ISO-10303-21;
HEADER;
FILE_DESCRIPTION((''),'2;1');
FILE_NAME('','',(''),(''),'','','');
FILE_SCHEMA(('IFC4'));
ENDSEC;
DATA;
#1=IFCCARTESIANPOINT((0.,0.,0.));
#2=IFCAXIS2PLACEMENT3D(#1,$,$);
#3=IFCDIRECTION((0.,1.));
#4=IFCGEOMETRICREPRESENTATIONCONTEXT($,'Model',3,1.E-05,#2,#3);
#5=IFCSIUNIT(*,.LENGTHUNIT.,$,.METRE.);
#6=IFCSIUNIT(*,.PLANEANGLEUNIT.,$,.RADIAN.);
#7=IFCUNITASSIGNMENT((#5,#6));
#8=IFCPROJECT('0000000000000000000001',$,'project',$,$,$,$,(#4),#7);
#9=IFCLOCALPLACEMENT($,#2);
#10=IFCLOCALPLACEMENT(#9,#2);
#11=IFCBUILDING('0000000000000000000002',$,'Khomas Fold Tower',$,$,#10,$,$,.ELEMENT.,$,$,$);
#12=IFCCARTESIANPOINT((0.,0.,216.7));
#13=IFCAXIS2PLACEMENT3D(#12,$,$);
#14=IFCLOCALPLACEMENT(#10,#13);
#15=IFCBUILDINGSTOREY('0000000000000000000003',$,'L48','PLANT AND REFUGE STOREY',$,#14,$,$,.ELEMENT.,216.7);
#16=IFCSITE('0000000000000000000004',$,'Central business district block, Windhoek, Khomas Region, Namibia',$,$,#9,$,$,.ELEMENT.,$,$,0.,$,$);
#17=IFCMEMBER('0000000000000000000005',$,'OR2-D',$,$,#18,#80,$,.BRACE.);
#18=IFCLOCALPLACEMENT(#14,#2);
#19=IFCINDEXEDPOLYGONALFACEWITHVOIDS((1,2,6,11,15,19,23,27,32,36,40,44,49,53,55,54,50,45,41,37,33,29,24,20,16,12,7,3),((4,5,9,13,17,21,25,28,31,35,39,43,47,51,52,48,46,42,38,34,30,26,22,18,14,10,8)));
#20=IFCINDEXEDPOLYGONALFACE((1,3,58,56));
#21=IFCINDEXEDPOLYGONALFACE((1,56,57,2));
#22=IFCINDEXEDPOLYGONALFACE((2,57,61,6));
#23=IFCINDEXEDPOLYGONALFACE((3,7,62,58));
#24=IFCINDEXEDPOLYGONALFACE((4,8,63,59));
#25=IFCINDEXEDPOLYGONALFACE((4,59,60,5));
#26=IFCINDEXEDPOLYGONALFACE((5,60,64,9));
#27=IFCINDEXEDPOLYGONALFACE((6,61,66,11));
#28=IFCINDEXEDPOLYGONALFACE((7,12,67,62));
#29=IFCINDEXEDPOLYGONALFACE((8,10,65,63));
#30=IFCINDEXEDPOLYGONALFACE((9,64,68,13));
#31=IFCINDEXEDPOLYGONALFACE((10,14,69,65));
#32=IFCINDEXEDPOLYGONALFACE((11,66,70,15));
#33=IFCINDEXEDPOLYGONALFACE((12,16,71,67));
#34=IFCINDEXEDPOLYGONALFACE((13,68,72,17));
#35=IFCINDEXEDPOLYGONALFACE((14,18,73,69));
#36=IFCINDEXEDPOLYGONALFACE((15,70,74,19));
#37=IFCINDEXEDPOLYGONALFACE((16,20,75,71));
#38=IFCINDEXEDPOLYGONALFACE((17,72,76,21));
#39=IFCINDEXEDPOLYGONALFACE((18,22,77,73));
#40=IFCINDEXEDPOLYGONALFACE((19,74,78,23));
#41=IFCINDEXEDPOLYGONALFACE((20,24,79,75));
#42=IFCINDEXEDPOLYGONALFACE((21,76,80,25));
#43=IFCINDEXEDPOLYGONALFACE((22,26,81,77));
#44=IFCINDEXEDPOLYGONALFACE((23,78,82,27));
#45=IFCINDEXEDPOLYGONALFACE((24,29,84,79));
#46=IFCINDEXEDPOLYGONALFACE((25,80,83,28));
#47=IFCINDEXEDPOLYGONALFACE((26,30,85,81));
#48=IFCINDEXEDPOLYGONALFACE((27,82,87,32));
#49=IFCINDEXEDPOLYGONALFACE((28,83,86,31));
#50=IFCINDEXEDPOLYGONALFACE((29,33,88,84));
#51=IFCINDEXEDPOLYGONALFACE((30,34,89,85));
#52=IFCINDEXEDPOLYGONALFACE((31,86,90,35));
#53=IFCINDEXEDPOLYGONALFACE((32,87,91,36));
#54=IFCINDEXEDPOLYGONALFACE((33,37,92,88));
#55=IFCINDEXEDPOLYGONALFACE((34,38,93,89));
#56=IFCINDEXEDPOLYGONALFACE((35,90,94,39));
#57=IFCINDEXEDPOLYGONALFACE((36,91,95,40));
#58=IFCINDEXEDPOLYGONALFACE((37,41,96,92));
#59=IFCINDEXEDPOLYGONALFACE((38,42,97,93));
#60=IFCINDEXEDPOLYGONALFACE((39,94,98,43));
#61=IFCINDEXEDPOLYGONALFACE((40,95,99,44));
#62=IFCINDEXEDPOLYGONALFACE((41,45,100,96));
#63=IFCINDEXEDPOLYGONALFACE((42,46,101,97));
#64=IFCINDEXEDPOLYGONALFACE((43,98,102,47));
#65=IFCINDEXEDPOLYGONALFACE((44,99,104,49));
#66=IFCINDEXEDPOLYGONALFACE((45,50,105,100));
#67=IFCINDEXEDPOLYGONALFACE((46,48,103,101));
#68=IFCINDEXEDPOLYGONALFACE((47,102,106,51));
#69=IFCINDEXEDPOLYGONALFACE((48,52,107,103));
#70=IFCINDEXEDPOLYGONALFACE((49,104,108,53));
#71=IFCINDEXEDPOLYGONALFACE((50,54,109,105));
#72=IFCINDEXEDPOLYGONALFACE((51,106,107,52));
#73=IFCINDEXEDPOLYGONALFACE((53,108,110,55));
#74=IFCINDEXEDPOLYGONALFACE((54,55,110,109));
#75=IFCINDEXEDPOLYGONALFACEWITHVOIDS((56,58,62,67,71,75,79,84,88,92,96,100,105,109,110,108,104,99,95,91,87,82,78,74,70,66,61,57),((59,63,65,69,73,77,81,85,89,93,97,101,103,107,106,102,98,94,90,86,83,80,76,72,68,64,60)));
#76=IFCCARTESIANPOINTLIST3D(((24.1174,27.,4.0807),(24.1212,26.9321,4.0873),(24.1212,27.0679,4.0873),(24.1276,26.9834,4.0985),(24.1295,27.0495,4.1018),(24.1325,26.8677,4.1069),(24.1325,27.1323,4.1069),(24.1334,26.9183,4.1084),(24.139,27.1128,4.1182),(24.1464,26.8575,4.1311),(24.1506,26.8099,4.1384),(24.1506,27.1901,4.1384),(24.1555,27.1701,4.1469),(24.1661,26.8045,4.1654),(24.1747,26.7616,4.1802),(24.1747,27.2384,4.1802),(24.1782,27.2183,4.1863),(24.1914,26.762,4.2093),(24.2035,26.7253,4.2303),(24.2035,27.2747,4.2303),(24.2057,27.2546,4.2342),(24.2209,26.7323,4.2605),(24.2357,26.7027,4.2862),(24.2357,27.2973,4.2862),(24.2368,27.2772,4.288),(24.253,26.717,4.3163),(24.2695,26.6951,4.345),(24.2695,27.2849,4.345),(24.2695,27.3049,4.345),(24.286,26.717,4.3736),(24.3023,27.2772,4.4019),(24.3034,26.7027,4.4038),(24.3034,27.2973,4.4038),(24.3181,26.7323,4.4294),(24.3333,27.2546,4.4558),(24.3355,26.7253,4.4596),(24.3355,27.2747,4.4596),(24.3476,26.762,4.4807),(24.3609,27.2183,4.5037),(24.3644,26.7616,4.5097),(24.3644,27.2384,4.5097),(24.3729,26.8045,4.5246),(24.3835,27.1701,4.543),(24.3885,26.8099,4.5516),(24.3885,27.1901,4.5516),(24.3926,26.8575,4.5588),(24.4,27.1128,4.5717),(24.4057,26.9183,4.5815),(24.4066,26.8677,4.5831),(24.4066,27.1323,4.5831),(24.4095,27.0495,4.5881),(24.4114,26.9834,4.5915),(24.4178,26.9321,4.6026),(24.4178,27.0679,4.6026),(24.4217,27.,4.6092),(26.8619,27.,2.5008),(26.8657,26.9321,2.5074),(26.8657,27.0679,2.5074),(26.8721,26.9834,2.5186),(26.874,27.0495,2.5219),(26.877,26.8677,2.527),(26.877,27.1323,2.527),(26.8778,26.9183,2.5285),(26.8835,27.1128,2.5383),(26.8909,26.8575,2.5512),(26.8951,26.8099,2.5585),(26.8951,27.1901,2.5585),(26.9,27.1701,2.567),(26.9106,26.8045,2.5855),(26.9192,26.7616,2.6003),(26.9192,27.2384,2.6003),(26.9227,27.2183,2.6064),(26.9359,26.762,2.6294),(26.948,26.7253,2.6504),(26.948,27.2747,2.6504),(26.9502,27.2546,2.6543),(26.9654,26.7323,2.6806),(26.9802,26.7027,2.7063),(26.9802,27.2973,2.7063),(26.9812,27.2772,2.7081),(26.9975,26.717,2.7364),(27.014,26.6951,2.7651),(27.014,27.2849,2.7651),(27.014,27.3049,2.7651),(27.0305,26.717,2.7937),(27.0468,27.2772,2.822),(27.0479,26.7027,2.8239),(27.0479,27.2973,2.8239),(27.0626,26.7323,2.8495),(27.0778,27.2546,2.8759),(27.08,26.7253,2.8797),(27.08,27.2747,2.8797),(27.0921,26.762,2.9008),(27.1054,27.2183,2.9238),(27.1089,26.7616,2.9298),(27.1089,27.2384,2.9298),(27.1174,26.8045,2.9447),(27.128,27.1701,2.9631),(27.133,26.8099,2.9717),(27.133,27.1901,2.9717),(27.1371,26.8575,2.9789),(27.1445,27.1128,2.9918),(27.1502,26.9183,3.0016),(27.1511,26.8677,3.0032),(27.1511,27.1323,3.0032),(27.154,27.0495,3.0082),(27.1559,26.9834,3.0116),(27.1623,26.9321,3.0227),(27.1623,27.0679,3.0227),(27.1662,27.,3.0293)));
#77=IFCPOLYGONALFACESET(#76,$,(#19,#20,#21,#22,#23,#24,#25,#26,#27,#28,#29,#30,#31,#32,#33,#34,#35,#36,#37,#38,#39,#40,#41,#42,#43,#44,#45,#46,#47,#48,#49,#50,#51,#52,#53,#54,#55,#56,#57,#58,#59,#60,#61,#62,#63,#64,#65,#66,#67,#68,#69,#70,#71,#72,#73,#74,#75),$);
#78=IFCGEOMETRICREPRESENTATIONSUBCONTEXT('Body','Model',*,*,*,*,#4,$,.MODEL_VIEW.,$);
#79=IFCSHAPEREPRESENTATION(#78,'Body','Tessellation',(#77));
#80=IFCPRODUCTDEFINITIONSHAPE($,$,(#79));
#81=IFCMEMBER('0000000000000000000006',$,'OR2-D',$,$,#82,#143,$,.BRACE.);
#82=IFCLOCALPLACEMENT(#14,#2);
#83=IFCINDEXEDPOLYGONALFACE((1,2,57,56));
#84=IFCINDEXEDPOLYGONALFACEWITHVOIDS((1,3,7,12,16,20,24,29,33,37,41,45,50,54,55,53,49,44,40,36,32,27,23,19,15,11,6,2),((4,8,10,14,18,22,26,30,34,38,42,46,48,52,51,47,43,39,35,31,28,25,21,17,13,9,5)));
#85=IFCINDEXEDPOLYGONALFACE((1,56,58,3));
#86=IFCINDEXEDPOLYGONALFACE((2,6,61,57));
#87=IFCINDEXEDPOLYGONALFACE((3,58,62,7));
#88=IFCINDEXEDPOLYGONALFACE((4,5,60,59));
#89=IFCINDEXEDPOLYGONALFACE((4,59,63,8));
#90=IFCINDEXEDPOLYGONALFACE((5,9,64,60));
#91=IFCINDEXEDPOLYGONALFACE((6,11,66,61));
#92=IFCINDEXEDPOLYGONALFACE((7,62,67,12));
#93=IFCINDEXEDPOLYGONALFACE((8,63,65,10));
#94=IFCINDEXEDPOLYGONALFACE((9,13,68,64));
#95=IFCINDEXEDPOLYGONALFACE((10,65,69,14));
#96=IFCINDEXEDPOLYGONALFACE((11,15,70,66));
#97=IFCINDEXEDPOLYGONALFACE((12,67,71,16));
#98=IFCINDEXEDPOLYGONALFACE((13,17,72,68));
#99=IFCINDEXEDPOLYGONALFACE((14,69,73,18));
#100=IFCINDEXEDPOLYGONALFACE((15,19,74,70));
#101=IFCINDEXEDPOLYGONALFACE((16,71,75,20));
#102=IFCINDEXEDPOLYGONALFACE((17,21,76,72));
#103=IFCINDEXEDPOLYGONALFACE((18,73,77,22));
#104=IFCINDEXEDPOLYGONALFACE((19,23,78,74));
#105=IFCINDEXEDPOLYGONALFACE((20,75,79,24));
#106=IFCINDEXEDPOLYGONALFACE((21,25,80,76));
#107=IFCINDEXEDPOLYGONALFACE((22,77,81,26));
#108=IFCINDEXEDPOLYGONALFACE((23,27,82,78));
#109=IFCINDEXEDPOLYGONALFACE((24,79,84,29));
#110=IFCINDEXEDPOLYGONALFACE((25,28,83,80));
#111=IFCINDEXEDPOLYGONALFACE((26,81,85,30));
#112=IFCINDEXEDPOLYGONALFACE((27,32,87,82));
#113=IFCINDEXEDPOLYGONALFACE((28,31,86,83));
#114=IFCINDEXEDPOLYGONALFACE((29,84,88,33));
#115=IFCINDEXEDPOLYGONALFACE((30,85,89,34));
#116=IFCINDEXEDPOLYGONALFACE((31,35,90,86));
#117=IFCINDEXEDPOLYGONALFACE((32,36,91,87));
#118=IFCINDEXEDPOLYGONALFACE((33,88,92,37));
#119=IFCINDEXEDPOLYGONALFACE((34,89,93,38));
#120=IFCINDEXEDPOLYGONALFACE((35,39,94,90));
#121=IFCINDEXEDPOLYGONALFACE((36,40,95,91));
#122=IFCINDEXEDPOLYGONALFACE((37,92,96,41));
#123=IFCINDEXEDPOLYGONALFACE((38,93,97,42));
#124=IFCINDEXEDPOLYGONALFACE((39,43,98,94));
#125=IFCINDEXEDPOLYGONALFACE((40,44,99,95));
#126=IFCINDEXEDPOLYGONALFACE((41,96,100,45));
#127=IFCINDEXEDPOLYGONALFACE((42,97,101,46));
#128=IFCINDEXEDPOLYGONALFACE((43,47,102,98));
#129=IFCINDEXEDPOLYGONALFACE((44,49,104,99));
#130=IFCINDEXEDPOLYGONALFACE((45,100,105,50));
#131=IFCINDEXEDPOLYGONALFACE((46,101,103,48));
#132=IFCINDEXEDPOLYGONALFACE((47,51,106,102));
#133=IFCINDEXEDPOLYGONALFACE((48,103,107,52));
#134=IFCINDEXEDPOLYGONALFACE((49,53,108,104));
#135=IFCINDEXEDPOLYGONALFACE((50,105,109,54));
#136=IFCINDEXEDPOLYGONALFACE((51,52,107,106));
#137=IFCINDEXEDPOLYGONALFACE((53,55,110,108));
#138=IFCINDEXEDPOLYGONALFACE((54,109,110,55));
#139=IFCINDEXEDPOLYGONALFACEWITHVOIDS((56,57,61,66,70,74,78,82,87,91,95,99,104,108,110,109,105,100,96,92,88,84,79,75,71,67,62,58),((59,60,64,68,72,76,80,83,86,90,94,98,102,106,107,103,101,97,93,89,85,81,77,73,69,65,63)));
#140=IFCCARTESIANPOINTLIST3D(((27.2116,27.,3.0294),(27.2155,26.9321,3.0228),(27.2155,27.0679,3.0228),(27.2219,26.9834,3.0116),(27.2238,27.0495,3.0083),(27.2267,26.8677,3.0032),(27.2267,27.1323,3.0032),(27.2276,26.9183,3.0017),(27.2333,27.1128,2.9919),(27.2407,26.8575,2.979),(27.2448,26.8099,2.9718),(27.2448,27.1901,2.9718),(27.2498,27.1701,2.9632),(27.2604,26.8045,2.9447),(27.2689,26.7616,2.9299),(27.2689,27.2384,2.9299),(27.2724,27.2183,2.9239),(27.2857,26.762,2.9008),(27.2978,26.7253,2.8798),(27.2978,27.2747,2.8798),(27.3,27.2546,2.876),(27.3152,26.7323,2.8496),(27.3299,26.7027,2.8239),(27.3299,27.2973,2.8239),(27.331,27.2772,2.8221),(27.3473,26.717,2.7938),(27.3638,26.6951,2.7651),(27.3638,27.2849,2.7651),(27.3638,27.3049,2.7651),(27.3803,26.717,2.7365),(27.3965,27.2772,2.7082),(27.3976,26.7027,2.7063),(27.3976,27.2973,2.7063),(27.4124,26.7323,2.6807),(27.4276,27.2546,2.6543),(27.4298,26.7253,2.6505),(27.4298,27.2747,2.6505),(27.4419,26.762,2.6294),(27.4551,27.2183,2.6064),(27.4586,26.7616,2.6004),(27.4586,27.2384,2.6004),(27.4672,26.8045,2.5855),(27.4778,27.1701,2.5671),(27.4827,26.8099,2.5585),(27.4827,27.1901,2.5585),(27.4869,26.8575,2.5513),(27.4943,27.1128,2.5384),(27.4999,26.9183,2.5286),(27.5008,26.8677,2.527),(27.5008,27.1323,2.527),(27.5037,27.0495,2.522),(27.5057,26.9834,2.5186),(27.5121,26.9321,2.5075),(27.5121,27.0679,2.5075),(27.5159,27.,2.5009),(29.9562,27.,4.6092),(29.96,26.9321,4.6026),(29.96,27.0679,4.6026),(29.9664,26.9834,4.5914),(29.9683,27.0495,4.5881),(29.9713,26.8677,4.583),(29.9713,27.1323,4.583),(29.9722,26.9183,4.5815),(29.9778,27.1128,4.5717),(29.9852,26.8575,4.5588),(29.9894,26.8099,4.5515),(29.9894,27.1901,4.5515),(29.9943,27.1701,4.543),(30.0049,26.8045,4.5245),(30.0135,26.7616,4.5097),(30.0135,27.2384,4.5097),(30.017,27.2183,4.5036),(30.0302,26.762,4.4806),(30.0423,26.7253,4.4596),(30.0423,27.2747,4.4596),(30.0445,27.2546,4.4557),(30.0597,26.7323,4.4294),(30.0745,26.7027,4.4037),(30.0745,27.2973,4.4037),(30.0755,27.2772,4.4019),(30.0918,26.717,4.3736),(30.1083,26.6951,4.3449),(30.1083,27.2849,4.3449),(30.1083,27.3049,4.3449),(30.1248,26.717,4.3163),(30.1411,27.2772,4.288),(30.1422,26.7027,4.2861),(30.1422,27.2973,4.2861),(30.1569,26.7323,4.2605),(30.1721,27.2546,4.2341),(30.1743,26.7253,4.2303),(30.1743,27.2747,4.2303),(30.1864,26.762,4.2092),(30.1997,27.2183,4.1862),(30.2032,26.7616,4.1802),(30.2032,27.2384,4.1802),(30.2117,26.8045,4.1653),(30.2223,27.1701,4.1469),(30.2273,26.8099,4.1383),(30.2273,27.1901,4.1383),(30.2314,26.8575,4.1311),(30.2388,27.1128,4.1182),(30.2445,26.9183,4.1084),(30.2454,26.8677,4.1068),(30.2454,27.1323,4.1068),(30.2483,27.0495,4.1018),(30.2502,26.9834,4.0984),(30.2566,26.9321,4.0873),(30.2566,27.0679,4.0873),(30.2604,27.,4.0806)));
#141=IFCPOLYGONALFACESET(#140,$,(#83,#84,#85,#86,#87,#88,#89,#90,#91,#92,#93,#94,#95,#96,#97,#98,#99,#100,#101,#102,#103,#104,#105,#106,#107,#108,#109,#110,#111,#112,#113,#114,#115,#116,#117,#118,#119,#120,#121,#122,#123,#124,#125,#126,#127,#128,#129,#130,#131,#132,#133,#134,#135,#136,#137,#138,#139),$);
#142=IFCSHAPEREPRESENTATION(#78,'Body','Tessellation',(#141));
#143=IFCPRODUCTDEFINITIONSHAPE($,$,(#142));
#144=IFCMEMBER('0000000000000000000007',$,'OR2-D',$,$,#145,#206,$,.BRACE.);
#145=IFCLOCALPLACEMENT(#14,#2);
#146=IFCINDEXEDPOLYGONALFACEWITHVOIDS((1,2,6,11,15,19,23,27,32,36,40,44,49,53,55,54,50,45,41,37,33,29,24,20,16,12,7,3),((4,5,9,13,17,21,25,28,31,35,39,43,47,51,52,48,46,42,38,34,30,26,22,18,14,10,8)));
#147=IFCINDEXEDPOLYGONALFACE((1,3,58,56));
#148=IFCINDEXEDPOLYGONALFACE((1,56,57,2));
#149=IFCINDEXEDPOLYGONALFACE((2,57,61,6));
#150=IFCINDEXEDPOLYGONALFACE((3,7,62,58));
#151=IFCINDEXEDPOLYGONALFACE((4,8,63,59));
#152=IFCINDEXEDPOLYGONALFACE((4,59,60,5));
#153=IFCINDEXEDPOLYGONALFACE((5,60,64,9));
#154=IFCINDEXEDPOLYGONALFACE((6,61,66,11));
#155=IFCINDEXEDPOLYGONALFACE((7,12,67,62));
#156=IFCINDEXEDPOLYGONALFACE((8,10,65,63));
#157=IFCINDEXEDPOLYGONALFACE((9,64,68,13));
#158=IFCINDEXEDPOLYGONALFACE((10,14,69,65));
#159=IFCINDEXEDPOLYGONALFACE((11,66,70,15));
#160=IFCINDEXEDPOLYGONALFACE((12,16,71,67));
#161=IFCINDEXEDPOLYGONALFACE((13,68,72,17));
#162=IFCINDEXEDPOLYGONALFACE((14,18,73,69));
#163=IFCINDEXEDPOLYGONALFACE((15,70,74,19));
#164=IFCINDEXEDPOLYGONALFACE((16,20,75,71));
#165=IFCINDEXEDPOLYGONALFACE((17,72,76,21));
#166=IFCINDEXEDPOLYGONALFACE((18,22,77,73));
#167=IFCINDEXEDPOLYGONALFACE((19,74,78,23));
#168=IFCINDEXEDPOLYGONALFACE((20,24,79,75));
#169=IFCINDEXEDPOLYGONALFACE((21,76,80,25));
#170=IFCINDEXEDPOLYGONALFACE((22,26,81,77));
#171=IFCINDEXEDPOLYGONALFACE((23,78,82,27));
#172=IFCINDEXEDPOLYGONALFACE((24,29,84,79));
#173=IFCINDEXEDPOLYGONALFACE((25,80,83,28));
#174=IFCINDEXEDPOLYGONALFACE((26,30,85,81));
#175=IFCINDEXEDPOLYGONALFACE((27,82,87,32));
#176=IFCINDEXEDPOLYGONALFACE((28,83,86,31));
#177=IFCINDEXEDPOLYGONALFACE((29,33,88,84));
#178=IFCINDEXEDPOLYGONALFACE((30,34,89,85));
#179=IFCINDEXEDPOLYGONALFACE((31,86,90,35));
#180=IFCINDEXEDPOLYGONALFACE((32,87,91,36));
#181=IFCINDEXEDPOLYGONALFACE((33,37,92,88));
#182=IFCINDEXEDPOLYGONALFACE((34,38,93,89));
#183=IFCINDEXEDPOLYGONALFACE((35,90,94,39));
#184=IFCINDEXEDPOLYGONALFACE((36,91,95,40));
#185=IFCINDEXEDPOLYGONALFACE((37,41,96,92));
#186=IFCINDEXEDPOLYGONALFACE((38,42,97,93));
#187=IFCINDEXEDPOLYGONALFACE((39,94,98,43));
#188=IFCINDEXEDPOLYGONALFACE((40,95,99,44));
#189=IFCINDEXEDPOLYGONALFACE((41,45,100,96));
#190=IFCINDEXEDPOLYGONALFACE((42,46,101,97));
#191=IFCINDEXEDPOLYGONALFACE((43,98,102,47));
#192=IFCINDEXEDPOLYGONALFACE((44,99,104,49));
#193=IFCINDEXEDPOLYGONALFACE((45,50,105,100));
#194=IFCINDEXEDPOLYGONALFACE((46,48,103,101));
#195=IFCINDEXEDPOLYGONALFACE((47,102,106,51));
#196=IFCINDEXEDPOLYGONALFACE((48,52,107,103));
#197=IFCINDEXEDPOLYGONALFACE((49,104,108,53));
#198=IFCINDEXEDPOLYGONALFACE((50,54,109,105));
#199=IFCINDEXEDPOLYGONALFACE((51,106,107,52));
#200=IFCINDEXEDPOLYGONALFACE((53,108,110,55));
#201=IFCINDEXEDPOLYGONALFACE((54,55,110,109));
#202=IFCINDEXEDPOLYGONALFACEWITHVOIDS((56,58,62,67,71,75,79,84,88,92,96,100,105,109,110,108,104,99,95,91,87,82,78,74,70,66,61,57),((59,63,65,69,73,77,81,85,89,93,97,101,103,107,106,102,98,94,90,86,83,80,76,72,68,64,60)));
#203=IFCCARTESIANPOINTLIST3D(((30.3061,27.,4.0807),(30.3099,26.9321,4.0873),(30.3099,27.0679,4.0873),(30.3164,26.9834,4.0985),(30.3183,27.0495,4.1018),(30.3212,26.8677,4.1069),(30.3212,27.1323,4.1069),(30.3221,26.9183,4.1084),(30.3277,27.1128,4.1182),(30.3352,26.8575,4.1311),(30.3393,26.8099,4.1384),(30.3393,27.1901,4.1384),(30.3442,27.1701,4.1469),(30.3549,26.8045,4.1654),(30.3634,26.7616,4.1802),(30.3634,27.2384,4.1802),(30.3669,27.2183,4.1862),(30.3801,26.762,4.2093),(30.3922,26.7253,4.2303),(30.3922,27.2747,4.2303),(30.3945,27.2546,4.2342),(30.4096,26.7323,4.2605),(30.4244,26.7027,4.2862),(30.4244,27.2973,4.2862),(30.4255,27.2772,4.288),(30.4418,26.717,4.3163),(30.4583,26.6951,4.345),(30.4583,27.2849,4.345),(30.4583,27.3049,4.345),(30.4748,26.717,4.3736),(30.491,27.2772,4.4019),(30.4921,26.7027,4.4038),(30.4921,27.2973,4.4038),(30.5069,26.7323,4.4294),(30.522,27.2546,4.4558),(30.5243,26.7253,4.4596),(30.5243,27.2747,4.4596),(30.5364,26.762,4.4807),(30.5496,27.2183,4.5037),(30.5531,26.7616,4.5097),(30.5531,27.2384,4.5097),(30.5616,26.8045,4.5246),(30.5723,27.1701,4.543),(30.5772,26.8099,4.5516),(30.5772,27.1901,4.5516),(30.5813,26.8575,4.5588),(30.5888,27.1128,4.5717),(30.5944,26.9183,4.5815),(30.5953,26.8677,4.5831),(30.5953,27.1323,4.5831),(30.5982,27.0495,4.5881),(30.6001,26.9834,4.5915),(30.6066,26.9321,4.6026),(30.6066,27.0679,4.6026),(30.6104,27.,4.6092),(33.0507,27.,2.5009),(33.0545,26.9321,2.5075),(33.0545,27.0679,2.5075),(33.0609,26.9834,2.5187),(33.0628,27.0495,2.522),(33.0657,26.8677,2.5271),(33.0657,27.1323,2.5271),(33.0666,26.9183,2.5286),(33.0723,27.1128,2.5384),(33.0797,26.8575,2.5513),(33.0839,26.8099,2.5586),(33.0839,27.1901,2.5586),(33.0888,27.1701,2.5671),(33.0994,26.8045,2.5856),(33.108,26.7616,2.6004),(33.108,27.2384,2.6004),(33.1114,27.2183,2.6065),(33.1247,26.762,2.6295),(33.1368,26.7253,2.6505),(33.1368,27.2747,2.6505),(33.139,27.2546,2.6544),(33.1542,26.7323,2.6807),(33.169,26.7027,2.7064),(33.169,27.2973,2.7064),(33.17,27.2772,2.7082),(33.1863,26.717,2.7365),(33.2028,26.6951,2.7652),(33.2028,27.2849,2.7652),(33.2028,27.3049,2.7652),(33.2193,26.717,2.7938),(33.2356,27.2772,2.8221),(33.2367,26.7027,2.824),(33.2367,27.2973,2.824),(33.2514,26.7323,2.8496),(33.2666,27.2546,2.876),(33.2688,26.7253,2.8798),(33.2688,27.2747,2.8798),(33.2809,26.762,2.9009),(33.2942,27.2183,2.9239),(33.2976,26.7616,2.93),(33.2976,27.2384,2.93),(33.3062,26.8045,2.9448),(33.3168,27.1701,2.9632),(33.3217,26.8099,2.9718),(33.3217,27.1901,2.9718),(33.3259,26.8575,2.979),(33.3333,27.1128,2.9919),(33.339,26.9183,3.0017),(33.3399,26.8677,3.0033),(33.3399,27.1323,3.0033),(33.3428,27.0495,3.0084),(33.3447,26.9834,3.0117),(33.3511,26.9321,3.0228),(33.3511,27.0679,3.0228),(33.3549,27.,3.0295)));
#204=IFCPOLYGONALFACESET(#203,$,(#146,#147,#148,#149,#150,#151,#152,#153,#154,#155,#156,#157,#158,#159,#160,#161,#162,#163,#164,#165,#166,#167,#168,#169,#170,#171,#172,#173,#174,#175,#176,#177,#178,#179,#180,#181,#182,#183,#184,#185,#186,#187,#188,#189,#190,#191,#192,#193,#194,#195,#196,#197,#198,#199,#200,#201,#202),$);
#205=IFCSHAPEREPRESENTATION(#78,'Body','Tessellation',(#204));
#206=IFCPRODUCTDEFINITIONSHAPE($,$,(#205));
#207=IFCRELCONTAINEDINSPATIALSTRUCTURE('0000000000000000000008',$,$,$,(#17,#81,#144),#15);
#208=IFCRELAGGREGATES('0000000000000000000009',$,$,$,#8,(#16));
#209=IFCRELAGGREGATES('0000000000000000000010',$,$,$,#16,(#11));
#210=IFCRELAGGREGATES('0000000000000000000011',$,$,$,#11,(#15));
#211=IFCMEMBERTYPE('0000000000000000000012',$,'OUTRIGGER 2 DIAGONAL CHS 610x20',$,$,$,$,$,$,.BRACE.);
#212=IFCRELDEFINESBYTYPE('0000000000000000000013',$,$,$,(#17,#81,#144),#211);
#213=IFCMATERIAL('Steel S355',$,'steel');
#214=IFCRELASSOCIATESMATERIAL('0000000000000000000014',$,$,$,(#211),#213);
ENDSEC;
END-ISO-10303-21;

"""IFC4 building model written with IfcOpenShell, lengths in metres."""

from ifc_helpers import new_model, si_unit, direction, frame, origin, origin_2d, place, context, subcontext, project, spatial, hollow_circle, extrude, source, transform, mapped, material, material_profile, profile_set, type_object, element, save


model = new_model("IFC4")

# Units and contexts
model_context = context("Model", 3, precision=1e-05, world=origin(), true_north=direction((0.0, 1.0)))
body_context = subcontext(model_context, "Body", "Model", "MODEL_VIEW")
ifc_project = project(units=[si_unit("LENGTHUNIT", "METRE"), si_unit("PLANEANGLEUNIT", "RADIAN")], contexts=[model_context])

# Site, building, storey
site_placement = place(None, origin())
site = spatial("IfcSite", under=ifc_project, at=site_placement, Name="Central business district block, Windhoek, Khomas Region, Namibia", CompositionType="ELEMENT", RefElevation=0.0)
building_placement = place(site_placement, origin())
building = spatial("IfcBuilding", under=site, at=building_placement, Name="Khomas Fold Tower", CompositionType="ELEMENT")
storey_placement = place(building_placement, frame((0.0, 0.0, 216.7)))
storey = spatial("IfcBuildingStorey", under=building, at=storey_placement, Name="L48", Description="PLANT AND REFUGE STOREY", CompositionType="ELEMENT", Elevation=216.7)

# Members
ifc_material_1 = material(Name="Steel S355", Category="steel")
ifc_material_profile_1 = material_profile(ifc_material_1, hollow_circle(Radius=0.3049, WallThickness=0.02, at=origin_2d()), Name="CHS 610x20")
ifc_profile_set_1 = profile_set([ifc_material_profile_1], Name="Steel S355")
member_type_1 = type_object("IfcMemberType", Name="OUTRIGGER 2 DIAGONAL CHS 610x20", PredefinedType="BRACE", material=ifc_profile_set_1)
shared_shape_1 = source(origin(), body_context, "Body", "SweptSolid", [
    extrude(hollow_circle(Radius=0.3049, WallThickness=0.02, at=origin_2d()), origin(), (0.0, 0.0, 1.0), 3.1667),
])
for number, where, z_axis, x_axis, name in (
    (1, (24.2695, 27.0, 4.345), (0.866659, 0.0, -0.498901), (0.0, 1.0, 0.0), "OR2-D"),
    (2, (27.3638, 27.0, 2.7651), (0.866678, 0.0, 0.498868), (0.0, 1.0, 0.0), "OR2-D"),
    (3, (30.4583, 27.0, 4.345), (0.866678, 0.0, -0.498868), (0.0, 1.0, 0.0), "OR2-D"),
):
    element("IfcMember", number, at=place(storey_placement, frame(where, z_axis=z_axis, x_axis=x_axis)), inside=storey, type_object=member_type_1, Name=name, PredefinedType="BRACE", context=body_context, shape_type="MappedRepresentation", body=[
        mapped(shared_shape_1, transform((0.0, 0.0, 0.0))),
    ])

save(model, "model.ifc")
